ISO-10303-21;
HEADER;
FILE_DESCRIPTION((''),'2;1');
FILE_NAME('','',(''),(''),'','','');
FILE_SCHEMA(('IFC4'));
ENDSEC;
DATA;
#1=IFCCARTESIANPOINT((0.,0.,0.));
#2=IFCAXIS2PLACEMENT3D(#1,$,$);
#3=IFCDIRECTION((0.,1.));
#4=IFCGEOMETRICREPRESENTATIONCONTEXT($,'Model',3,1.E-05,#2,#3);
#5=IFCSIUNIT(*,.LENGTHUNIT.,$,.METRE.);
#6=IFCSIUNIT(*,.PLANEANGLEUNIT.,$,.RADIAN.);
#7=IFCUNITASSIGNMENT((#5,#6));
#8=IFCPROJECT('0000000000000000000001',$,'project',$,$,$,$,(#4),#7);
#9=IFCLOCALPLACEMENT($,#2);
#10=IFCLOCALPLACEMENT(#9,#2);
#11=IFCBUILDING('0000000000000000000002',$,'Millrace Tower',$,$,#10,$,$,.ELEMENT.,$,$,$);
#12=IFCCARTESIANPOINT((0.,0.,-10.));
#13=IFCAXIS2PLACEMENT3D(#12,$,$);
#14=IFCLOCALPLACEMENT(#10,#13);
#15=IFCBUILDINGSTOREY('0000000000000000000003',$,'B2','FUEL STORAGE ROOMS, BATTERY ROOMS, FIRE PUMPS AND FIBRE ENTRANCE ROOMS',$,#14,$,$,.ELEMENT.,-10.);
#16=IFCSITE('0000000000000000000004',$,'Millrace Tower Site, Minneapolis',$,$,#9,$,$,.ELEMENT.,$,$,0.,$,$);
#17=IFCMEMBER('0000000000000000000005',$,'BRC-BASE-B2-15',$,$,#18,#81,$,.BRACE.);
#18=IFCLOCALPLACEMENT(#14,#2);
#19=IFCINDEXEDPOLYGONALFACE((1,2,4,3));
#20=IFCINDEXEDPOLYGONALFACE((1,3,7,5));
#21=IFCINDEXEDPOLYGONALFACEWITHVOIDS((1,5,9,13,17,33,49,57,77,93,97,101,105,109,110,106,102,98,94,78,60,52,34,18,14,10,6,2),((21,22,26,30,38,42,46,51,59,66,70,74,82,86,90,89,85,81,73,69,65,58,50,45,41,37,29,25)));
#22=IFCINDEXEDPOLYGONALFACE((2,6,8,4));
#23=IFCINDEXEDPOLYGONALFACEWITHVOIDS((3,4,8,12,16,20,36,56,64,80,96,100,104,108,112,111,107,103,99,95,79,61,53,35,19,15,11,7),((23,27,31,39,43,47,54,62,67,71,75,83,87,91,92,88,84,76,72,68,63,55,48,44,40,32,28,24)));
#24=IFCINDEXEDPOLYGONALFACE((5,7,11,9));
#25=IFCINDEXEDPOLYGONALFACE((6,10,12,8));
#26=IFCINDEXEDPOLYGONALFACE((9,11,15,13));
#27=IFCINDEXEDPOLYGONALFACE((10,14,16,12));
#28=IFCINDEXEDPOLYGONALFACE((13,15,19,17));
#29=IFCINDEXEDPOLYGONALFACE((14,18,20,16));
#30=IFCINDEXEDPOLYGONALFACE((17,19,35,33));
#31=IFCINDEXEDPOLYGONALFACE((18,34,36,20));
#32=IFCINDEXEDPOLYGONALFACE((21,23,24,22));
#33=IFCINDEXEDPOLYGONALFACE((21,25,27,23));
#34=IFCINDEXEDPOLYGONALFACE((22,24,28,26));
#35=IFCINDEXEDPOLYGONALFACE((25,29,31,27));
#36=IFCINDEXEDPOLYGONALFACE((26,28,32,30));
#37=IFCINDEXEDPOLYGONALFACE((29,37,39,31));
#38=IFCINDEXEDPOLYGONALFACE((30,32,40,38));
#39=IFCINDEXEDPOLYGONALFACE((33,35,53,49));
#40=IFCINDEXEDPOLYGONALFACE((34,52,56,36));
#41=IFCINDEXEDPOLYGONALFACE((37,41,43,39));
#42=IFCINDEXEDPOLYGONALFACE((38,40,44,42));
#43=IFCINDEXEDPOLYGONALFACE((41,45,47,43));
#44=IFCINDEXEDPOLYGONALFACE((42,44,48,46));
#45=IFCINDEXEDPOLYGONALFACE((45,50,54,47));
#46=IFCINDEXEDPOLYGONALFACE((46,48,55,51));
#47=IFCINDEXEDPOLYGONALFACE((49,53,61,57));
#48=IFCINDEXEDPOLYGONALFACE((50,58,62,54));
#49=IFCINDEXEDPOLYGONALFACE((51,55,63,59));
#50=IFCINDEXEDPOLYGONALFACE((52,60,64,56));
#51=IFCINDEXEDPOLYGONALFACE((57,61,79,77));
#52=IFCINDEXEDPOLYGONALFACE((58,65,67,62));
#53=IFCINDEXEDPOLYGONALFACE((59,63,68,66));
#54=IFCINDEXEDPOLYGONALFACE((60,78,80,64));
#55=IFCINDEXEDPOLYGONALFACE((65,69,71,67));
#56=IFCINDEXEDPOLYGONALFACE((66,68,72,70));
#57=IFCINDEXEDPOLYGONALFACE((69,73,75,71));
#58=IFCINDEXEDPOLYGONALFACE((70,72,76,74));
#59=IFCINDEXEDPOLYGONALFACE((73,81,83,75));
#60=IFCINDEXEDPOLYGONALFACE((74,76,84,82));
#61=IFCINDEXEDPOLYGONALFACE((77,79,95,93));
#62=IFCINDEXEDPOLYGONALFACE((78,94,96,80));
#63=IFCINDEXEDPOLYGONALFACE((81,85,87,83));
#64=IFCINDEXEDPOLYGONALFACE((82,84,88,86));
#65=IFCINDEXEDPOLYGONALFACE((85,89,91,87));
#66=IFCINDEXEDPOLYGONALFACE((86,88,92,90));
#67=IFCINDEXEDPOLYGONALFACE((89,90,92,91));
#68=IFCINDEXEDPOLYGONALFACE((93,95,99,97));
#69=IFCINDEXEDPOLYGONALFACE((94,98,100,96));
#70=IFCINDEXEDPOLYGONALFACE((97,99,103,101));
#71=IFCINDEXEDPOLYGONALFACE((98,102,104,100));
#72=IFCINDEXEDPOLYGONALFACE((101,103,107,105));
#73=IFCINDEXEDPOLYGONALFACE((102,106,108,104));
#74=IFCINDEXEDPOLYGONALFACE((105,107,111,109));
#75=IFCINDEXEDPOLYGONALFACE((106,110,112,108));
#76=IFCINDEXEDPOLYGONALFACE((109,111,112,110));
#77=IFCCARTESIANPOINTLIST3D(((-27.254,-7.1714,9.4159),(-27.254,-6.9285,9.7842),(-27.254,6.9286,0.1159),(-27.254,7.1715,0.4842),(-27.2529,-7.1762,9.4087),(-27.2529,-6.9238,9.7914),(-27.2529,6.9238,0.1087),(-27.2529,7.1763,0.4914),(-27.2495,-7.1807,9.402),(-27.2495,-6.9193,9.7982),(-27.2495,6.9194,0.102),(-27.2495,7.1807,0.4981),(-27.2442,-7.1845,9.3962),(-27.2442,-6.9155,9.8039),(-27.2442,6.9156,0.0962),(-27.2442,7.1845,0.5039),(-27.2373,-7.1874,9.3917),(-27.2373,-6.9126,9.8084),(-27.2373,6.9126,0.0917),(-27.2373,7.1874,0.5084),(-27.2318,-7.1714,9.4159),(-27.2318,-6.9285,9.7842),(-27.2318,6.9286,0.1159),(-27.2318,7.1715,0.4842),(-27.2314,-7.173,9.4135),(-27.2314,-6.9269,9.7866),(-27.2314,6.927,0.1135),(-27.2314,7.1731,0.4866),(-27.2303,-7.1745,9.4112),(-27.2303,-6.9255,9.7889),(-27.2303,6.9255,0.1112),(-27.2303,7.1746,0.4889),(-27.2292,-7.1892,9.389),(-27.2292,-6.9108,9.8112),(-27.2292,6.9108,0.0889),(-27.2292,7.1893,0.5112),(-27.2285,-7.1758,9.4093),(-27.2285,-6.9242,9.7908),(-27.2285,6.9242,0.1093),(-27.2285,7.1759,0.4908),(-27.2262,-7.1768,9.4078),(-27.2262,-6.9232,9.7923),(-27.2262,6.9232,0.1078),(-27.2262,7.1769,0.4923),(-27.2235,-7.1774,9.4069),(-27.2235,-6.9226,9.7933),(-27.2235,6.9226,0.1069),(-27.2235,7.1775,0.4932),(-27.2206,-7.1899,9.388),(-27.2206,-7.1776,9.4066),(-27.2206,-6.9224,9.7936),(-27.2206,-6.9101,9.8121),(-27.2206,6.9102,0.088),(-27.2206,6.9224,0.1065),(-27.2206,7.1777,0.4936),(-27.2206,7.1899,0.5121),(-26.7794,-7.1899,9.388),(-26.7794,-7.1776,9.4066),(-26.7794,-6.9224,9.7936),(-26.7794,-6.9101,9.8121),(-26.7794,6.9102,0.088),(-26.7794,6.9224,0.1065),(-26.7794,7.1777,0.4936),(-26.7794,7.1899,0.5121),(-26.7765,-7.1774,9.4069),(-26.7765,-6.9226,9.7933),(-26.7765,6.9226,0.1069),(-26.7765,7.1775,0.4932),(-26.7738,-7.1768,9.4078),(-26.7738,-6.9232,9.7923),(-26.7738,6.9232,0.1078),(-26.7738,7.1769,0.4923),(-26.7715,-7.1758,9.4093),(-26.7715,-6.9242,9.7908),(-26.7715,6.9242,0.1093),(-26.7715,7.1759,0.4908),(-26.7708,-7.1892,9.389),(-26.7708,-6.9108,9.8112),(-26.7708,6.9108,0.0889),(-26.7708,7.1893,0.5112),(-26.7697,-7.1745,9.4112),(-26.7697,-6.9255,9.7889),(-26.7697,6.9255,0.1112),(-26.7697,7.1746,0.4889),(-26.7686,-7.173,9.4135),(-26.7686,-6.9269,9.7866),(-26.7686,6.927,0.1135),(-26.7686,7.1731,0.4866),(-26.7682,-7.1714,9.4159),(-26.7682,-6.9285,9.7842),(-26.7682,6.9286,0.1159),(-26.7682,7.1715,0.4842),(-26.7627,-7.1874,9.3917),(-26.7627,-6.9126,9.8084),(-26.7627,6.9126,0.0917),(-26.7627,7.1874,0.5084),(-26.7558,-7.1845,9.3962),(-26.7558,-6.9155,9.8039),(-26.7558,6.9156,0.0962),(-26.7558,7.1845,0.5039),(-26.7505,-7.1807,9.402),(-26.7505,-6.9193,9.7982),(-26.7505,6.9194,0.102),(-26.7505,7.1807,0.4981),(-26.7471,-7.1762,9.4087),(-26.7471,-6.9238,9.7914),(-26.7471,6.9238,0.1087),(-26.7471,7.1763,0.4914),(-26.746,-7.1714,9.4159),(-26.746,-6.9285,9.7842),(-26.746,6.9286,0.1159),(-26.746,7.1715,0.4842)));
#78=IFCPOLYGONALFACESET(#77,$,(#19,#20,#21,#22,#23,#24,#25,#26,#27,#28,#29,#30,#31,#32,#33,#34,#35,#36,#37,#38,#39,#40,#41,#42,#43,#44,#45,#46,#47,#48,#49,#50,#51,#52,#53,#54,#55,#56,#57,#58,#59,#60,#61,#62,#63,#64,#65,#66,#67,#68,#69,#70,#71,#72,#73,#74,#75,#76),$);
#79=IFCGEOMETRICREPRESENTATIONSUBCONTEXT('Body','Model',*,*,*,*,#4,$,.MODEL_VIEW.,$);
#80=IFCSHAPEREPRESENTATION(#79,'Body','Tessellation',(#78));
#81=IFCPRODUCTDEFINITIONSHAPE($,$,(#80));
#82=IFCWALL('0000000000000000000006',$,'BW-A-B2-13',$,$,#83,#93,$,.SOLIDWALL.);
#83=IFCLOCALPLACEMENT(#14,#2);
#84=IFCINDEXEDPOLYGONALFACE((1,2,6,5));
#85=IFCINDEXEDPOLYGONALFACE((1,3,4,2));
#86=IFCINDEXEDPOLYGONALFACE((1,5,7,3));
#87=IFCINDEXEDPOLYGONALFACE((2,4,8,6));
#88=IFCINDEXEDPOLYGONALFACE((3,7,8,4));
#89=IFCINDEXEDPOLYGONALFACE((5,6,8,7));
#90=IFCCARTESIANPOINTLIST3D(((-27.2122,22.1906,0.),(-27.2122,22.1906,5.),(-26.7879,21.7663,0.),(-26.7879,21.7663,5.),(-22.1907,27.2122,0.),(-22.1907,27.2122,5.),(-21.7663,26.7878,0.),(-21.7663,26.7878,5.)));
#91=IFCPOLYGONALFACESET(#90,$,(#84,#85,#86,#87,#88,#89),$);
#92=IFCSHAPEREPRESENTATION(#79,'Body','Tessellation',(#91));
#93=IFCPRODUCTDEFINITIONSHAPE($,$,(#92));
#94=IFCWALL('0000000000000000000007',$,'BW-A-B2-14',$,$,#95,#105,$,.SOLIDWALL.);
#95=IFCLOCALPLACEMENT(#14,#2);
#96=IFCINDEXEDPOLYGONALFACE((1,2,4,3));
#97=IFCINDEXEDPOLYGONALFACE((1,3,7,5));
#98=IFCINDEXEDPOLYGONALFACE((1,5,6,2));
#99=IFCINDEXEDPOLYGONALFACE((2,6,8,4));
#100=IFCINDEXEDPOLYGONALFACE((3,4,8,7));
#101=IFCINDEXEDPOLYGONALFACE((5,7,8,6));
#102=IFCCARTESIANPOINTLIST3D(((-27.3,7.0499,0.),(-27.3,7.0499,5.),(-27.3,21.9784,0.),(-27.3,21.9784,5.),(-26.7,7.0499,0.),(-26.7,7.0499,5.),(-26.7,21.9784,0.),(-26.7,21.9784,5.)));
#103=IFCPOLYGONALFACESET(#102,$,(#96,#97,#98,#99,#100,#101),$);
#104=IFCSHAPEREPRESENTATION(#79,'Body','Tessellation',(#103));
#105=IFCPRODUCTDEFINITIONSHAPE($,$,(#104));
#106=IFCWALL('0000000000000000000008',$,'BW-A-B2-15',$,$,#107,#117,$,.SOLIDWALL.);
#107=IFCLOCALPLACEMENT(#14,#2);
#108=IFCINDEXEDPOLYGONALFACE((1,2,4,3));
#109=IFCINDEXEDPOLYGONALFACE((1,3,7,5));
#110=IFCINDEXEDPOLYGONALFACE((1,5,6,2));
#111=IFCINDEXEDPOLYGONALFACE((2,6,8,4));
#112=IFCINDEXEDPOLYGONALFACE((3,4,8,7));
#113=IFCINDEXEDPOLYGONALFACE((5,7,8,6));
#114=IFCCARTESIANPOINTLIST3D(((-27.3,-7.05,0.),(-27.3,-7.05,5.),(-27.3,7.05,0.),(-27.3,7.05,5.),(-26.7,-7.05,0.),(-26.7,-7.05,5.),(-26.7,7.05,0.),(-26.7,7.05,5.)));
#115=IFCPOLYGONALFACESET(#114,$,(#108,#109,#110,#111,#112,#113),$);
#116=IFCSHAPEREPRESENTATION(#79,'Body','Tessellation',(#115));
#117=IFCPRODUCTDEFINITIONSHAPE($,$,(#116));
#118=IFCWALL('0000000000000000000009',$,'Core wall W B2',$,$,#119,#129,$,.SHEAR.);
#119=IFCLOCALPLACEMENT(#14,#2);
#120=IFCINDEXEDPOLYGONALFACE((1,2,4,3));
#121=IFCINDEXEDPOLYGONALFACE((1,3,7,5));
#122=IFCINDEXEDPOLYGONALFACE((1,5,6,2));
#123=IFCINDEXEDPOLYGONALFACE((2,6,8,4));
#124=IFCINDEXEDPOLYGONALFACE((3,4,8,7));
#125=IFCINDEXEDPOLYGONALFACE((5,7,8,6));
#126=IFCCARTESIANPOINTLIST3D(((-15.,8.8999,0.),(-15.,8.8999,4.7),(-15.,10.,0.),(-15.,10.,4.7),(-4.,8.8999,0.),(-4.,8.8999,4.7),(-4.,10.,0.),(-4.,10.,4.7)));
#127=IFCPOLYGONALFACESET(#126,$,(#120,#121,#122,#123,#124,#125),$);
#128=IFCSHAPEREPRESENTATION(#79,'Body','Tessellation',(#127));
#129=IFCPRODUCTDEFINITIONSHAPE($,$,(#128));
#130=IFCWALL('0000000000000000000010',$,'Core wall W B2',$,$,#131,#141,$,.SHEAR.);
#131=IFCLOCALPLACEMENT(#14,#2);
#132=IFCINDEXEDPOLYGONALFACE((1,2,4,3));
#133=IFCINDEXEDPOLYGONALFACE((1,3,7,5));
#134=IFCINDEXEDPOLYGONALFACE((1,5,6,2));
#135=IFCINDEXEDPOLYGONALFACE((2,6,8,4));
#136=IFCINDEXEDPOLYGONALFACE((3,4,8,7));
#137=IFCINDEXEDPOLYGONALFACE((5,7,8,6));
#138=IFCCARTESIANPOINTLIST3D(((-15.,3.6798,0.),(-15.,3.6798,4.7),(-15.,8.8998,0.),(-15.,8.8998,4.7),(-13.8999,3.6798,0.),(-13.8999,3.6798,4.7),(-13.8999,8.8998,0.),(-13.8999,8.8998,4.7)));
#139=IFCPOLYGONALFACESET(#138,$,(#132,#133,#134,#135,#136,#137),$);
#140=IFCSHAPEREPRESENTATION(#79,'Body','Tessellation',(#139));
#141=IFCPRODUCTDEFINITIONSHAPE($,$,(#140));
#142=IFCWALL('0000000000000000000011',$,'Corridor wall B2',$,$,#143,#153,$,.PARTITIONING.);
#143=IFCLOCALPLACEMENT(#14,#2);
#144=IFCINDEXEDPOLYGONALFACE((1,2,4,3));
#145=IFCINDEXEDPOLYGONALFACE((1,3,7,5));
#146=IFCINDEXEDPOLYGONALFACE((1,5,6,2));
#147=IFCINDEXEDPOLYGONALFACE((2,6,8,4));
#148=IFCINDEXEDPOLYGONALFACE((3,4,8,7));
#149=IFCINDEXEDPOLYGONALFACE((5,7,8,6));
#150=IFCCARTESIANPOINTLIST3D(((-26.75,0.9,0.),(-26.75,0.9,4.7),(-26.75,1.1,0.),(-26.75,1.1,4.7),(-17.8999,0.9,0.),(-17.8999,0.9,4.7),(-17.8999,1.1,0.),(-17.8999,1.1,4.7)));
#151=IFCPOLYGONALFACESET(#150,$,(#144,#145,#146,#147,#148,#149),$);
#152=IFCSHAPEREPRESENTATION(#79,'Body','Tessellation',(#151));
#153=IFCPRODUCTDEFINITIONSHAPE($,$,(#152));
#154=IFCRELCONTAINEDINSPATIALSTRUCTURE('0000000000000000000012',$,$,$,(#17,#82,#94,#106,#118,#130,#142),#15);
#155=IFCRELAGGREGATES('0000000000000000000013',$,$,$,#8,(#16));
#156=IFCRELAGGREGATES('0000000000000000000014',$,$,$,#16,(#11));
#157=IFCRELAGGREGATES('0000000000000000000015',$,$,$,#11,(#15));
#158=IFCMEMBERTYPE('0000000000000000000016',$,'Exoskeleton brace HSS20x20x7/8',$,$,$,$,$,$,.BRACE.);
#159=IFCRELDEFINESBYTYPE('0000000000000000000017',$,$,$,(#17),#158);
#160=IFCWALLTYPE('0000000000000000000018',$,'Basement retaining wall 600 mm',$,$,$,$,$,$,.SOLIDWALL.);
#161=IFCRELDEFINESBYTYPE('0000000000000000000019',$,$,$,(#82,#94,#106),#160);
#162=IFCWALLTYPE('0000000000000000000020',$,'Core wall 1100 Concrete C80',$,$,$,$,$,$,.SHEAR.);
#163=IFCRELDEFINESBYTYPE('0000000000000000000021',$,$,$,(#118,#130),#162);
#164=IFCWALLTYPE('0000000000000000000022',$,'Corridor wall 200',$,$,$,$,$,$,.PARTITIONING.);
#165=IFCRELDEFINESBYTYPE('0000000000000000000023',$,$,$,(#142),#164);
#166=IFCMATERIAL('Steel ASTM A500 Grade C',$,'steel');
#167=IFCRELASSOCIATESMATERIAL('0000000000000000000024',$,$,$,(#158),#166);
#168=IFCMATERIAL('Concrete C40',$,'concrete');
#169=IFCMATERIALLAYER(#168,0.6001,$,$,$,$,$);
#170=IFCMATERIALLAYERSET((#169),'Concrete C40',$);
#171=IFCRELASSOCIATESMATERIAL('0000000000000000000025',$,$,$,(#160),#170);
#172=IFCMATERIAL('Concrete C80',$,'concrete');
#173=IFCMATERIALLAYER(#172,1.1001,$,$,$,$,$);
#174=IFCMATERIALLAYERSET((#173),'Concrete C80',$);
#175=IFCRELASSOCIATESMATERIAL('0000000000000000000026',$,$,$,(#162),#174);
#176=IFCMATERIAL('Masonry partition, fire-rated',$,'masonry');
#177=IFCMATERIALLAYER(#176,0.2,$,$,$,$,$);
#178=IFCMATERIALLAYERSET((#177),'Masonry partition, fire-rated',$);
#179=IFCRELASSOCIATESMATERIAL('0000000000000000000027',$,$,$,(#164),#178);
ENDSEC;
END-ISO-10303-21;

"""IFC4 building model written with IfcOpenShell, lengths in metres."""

from ifc_helpers import new_model, si_unit, direction, frame, frame_2d, origin, origin_2d, place, context, subcontext, project, spatial, rectangle, hollow_rectangle, extrude, material, layer, layer_set, material_profile, profile_set, type_object, element, save


model = new_model("IFC4")

# Units and contexts
model_context = context("Model", 3, precision=1e-05, world=origin(), true_north=direction((0.0, 1.0)))
body_context = subcontext(model_context, "Body", "Model", "MODEL_VIEW")
ifc_project = project(units=[si_unit("LENGTHUNIT", "METRE"), si_unit("PLANEANGLEUNIT", "RADIAN")], contexts=[model_context])

# Site, building, storey
site_placement = place(None, origin())
site = spatial("IfcSite", under=ifc_project, at=site_placement, Name="Millrace Tower Site, Minneapolis", CompositionType="ELEMENT", RefElevation=0.0)
building_placement = place(site_placement, origin())
building = spatial("IfcBuilding", under=site, at=building_placement, Name="Millrace Tower", CompositionType="ELEMENT")
storey_placement = place(building_placement, frame((0.0, 0.0, -10.0)))
storey = spatial("IfcBuildingStorey", under=building, at=storey_placement, Name="B2", Description="FUEL STORAGE ROOMS, BATTERY ROOMS, FIRE PUMPS AND FIBRE ENTRANCE ROOMS", CompositionType="ELEMENT", Elevation=-10.0)

# Shared definitions
placement = place(storey_placement, frame((-27.0, 7.05, 0.0), z_axis=(0.0, 0.0, 1.0), x_axis=(0.0, -1.0, 0.0)))

# Member
ifc_material_1 = material(Name="Steel ASTM A500 Grade C", Category="steel")
ifc_material_profile_1 = material_profile(ifc_material_1, hollow_rectangle(XDim=0.5081, YDim=0.5081, WallThickness=0.0222, InnerFilletRadius=0.0112, OuterFilletRadius=0.0334, at=origin_2d()))
ifc_profile_set_1 = profile_set([ifc_material_profile_1], Name="Steel ASTM A500 Grade C")
member_type = type_object("IfcMemberType", Name="Exoskeleton brace HSS20x20x7/8", PredefinedType="BRACE", material=ifc_profile_set_1)
member_1_placement = place(storey_placement, frame((-27.0, 7.05, 0.3), z_axis=(0.0, -0.834773, 0.550594), x_axis=(1.0, 0.0, 0.0)))
element("IfcMember", 1, at=member_1_placement, inside=storey, type_object=member_type, Name="BRC-BASE-B2-15", PredefinedType="BRACE", context=body_context, shape_type="SweptSolid", body=[
    extrude(hollow_rectangle(XDim=0.5081, YDim=0.5081, WallThickness=0.0222, InnerFilletRadius=0.0112, OuterFilletRadius=0.0334, at=origin_2d()), origin(), (0.0, 0.0, 1.0), 16.8909),
])

# Walls
ifc_material_2 = material(Name="Concrete C40", Category="concrete")
ifc_layer_1 = layer(ifc_material_2, 0.6001)
ifc_layer_set_1 = layer_set([ifc_layer_1], Name="Concrete C40")
wall_type_1 = type_object("IfcWallType", Name="Basement retaining wall 600 mm", PredefinedType="SOLIDWALL", material=ifc_layer_set_1)
wall_1_placement = place(storey_placement, frame((-21.9785, 27.0, 0.0), z_axis=(0.0, 0.0, 1.0), x_axis=(-0.707107, -0.707107, 0.0)))
element("IfcWall", 2, at=wall_1_placement, inside=storey, type_object=wall_type_1, Name="BW-A-B2-13", PredefinedType="SOLIDWALL", context=body_context, shape_type="SweptSolid", body=[
    extrude(rectangle(XDim=7.1016, YDim=0.6001, at=frame_2d((3.5508, 0.0))), origin(), (0.0, 0.0, 1.0), 5.0),
])
wall_2_placement = place(storey_placement, frame((-27.0, 21.9785, 0.0), z_axis=(0.0, 0.0, 1.0), x_axis=(0.0, -1.0, 0.0)))
element("IfcWall", 3, at=wall_2_placement, inside=storey, type_object=wall_type_1, Name="BW-A-B2-14", PredefinedType="SOLIDWALL", context=body_context, shape_type="SweptSolid", body=[
    extrude(rectangle(XDim=14.9285, YDim=0.6001, at=frame_2d((7.4644, 0.0))), origin(), (0.0, 0.0, 1.0), 5.0),
])
element("IfcWall", 4, at=placement, inside=storey, type_object=wall_type_1, Name="BW-A-B2-15", PredefinedType="SOLIDWALL", context=body_context, shape_type="SweptSolid", body=[
    extrude(rectangle(XDim=14.1001, YDim=0.6001, at=frame_2d((7.05, 0.0))), origin(), (0.0, 0.0, 1.0), 5.0),
])
ifc_material_3 = material(Name="Concrete C80", Category="concrete")
ifc_layer_2 = layer(ifc_material_3, 1.1001)
ifc_layer_set_2 = layer_set([ifc_layer_2], Name="Concrete C80")
wall_type_2 = type_object("IfcWallType", Name="Core wall 1100 Concrete C80", PredefinedType="SHEAR", material=ifc_layer_set_2)
wall_3_placement = place(storey_placement, frame((-15.0, 9.45, 0.0), z_axis=(0.0, 0.0, 1.0), x_axis=(1.0, 0.0, 0.0)))
element("IfcWall", 5, at=wall_3_placement, inside=storey, type_object=wall_type_2, Name="Core wall W B2", PredefinedType="SHEAR", context=body_context, shape_type="SweptSolid", body=[
    extrude(rectangle(XDim=11.0, YDim=1.1001, at=frame_2d((5.5, 0.0))), origin(), (0.0, 0.0, 1.0), 4.7),
])
wall_4_placement = place(storey_placement, frame((-14.45, 3.6799, 0.0), z_axis=(0.0, 0.0, 1.0), x_axis=(0.0, 1.0, 0.0)))
element("IfcWall", 6, at=wall_4_placement, inside=storey, type_object=wall_type_2, Name="Core wall W B2", PredefinedType="SHEAR", context=body_context, shape_type="SweptSolid", body=[
    extrude(rectangle(XDim=5.22, YDim=1.1001, at=frame_2d((2.6099, 0.0))), origin(), (0.0, 0.0, 1.0), 4.7),
])
ifc_material_4 = material(Name="Masonry partition, fire-rated", Category="masonry")
ifc_layer_3 = layer(ifc_material_4, 0.2)
ifc_layer_set_3 = layer_set([ifc_layer_3], Name="Masonry partition, fire-rated")
wall_type_3 = type_object("IfcWallType", Name="Corridor wall 200", PredefinedType="PARTITIONING", material=ifc_layer_set_3)
wall_5_placement = place(storey_placement, frame((-26.75, 1.0, 0.0), z_axis=(0.0, 0.0, 1.0), x_axis=(1.0, 0.0, 0.0)))
element("IfcWall", 7, at=wall_5_placement, inside=storey, type_object=wall_type_3, Name="Corridor wall B2", PredefinedType="PARTITIONING", context=body_context, shape_type="SweptSolid", body=[
    extrude(rectangle(XDim=8.8501, YDim=0.2, at=frame_2d((4.425, 0.0))), origin(), (0.0, 0.0, 1.0), 4.7),
])

save(model, "model.ifc")
